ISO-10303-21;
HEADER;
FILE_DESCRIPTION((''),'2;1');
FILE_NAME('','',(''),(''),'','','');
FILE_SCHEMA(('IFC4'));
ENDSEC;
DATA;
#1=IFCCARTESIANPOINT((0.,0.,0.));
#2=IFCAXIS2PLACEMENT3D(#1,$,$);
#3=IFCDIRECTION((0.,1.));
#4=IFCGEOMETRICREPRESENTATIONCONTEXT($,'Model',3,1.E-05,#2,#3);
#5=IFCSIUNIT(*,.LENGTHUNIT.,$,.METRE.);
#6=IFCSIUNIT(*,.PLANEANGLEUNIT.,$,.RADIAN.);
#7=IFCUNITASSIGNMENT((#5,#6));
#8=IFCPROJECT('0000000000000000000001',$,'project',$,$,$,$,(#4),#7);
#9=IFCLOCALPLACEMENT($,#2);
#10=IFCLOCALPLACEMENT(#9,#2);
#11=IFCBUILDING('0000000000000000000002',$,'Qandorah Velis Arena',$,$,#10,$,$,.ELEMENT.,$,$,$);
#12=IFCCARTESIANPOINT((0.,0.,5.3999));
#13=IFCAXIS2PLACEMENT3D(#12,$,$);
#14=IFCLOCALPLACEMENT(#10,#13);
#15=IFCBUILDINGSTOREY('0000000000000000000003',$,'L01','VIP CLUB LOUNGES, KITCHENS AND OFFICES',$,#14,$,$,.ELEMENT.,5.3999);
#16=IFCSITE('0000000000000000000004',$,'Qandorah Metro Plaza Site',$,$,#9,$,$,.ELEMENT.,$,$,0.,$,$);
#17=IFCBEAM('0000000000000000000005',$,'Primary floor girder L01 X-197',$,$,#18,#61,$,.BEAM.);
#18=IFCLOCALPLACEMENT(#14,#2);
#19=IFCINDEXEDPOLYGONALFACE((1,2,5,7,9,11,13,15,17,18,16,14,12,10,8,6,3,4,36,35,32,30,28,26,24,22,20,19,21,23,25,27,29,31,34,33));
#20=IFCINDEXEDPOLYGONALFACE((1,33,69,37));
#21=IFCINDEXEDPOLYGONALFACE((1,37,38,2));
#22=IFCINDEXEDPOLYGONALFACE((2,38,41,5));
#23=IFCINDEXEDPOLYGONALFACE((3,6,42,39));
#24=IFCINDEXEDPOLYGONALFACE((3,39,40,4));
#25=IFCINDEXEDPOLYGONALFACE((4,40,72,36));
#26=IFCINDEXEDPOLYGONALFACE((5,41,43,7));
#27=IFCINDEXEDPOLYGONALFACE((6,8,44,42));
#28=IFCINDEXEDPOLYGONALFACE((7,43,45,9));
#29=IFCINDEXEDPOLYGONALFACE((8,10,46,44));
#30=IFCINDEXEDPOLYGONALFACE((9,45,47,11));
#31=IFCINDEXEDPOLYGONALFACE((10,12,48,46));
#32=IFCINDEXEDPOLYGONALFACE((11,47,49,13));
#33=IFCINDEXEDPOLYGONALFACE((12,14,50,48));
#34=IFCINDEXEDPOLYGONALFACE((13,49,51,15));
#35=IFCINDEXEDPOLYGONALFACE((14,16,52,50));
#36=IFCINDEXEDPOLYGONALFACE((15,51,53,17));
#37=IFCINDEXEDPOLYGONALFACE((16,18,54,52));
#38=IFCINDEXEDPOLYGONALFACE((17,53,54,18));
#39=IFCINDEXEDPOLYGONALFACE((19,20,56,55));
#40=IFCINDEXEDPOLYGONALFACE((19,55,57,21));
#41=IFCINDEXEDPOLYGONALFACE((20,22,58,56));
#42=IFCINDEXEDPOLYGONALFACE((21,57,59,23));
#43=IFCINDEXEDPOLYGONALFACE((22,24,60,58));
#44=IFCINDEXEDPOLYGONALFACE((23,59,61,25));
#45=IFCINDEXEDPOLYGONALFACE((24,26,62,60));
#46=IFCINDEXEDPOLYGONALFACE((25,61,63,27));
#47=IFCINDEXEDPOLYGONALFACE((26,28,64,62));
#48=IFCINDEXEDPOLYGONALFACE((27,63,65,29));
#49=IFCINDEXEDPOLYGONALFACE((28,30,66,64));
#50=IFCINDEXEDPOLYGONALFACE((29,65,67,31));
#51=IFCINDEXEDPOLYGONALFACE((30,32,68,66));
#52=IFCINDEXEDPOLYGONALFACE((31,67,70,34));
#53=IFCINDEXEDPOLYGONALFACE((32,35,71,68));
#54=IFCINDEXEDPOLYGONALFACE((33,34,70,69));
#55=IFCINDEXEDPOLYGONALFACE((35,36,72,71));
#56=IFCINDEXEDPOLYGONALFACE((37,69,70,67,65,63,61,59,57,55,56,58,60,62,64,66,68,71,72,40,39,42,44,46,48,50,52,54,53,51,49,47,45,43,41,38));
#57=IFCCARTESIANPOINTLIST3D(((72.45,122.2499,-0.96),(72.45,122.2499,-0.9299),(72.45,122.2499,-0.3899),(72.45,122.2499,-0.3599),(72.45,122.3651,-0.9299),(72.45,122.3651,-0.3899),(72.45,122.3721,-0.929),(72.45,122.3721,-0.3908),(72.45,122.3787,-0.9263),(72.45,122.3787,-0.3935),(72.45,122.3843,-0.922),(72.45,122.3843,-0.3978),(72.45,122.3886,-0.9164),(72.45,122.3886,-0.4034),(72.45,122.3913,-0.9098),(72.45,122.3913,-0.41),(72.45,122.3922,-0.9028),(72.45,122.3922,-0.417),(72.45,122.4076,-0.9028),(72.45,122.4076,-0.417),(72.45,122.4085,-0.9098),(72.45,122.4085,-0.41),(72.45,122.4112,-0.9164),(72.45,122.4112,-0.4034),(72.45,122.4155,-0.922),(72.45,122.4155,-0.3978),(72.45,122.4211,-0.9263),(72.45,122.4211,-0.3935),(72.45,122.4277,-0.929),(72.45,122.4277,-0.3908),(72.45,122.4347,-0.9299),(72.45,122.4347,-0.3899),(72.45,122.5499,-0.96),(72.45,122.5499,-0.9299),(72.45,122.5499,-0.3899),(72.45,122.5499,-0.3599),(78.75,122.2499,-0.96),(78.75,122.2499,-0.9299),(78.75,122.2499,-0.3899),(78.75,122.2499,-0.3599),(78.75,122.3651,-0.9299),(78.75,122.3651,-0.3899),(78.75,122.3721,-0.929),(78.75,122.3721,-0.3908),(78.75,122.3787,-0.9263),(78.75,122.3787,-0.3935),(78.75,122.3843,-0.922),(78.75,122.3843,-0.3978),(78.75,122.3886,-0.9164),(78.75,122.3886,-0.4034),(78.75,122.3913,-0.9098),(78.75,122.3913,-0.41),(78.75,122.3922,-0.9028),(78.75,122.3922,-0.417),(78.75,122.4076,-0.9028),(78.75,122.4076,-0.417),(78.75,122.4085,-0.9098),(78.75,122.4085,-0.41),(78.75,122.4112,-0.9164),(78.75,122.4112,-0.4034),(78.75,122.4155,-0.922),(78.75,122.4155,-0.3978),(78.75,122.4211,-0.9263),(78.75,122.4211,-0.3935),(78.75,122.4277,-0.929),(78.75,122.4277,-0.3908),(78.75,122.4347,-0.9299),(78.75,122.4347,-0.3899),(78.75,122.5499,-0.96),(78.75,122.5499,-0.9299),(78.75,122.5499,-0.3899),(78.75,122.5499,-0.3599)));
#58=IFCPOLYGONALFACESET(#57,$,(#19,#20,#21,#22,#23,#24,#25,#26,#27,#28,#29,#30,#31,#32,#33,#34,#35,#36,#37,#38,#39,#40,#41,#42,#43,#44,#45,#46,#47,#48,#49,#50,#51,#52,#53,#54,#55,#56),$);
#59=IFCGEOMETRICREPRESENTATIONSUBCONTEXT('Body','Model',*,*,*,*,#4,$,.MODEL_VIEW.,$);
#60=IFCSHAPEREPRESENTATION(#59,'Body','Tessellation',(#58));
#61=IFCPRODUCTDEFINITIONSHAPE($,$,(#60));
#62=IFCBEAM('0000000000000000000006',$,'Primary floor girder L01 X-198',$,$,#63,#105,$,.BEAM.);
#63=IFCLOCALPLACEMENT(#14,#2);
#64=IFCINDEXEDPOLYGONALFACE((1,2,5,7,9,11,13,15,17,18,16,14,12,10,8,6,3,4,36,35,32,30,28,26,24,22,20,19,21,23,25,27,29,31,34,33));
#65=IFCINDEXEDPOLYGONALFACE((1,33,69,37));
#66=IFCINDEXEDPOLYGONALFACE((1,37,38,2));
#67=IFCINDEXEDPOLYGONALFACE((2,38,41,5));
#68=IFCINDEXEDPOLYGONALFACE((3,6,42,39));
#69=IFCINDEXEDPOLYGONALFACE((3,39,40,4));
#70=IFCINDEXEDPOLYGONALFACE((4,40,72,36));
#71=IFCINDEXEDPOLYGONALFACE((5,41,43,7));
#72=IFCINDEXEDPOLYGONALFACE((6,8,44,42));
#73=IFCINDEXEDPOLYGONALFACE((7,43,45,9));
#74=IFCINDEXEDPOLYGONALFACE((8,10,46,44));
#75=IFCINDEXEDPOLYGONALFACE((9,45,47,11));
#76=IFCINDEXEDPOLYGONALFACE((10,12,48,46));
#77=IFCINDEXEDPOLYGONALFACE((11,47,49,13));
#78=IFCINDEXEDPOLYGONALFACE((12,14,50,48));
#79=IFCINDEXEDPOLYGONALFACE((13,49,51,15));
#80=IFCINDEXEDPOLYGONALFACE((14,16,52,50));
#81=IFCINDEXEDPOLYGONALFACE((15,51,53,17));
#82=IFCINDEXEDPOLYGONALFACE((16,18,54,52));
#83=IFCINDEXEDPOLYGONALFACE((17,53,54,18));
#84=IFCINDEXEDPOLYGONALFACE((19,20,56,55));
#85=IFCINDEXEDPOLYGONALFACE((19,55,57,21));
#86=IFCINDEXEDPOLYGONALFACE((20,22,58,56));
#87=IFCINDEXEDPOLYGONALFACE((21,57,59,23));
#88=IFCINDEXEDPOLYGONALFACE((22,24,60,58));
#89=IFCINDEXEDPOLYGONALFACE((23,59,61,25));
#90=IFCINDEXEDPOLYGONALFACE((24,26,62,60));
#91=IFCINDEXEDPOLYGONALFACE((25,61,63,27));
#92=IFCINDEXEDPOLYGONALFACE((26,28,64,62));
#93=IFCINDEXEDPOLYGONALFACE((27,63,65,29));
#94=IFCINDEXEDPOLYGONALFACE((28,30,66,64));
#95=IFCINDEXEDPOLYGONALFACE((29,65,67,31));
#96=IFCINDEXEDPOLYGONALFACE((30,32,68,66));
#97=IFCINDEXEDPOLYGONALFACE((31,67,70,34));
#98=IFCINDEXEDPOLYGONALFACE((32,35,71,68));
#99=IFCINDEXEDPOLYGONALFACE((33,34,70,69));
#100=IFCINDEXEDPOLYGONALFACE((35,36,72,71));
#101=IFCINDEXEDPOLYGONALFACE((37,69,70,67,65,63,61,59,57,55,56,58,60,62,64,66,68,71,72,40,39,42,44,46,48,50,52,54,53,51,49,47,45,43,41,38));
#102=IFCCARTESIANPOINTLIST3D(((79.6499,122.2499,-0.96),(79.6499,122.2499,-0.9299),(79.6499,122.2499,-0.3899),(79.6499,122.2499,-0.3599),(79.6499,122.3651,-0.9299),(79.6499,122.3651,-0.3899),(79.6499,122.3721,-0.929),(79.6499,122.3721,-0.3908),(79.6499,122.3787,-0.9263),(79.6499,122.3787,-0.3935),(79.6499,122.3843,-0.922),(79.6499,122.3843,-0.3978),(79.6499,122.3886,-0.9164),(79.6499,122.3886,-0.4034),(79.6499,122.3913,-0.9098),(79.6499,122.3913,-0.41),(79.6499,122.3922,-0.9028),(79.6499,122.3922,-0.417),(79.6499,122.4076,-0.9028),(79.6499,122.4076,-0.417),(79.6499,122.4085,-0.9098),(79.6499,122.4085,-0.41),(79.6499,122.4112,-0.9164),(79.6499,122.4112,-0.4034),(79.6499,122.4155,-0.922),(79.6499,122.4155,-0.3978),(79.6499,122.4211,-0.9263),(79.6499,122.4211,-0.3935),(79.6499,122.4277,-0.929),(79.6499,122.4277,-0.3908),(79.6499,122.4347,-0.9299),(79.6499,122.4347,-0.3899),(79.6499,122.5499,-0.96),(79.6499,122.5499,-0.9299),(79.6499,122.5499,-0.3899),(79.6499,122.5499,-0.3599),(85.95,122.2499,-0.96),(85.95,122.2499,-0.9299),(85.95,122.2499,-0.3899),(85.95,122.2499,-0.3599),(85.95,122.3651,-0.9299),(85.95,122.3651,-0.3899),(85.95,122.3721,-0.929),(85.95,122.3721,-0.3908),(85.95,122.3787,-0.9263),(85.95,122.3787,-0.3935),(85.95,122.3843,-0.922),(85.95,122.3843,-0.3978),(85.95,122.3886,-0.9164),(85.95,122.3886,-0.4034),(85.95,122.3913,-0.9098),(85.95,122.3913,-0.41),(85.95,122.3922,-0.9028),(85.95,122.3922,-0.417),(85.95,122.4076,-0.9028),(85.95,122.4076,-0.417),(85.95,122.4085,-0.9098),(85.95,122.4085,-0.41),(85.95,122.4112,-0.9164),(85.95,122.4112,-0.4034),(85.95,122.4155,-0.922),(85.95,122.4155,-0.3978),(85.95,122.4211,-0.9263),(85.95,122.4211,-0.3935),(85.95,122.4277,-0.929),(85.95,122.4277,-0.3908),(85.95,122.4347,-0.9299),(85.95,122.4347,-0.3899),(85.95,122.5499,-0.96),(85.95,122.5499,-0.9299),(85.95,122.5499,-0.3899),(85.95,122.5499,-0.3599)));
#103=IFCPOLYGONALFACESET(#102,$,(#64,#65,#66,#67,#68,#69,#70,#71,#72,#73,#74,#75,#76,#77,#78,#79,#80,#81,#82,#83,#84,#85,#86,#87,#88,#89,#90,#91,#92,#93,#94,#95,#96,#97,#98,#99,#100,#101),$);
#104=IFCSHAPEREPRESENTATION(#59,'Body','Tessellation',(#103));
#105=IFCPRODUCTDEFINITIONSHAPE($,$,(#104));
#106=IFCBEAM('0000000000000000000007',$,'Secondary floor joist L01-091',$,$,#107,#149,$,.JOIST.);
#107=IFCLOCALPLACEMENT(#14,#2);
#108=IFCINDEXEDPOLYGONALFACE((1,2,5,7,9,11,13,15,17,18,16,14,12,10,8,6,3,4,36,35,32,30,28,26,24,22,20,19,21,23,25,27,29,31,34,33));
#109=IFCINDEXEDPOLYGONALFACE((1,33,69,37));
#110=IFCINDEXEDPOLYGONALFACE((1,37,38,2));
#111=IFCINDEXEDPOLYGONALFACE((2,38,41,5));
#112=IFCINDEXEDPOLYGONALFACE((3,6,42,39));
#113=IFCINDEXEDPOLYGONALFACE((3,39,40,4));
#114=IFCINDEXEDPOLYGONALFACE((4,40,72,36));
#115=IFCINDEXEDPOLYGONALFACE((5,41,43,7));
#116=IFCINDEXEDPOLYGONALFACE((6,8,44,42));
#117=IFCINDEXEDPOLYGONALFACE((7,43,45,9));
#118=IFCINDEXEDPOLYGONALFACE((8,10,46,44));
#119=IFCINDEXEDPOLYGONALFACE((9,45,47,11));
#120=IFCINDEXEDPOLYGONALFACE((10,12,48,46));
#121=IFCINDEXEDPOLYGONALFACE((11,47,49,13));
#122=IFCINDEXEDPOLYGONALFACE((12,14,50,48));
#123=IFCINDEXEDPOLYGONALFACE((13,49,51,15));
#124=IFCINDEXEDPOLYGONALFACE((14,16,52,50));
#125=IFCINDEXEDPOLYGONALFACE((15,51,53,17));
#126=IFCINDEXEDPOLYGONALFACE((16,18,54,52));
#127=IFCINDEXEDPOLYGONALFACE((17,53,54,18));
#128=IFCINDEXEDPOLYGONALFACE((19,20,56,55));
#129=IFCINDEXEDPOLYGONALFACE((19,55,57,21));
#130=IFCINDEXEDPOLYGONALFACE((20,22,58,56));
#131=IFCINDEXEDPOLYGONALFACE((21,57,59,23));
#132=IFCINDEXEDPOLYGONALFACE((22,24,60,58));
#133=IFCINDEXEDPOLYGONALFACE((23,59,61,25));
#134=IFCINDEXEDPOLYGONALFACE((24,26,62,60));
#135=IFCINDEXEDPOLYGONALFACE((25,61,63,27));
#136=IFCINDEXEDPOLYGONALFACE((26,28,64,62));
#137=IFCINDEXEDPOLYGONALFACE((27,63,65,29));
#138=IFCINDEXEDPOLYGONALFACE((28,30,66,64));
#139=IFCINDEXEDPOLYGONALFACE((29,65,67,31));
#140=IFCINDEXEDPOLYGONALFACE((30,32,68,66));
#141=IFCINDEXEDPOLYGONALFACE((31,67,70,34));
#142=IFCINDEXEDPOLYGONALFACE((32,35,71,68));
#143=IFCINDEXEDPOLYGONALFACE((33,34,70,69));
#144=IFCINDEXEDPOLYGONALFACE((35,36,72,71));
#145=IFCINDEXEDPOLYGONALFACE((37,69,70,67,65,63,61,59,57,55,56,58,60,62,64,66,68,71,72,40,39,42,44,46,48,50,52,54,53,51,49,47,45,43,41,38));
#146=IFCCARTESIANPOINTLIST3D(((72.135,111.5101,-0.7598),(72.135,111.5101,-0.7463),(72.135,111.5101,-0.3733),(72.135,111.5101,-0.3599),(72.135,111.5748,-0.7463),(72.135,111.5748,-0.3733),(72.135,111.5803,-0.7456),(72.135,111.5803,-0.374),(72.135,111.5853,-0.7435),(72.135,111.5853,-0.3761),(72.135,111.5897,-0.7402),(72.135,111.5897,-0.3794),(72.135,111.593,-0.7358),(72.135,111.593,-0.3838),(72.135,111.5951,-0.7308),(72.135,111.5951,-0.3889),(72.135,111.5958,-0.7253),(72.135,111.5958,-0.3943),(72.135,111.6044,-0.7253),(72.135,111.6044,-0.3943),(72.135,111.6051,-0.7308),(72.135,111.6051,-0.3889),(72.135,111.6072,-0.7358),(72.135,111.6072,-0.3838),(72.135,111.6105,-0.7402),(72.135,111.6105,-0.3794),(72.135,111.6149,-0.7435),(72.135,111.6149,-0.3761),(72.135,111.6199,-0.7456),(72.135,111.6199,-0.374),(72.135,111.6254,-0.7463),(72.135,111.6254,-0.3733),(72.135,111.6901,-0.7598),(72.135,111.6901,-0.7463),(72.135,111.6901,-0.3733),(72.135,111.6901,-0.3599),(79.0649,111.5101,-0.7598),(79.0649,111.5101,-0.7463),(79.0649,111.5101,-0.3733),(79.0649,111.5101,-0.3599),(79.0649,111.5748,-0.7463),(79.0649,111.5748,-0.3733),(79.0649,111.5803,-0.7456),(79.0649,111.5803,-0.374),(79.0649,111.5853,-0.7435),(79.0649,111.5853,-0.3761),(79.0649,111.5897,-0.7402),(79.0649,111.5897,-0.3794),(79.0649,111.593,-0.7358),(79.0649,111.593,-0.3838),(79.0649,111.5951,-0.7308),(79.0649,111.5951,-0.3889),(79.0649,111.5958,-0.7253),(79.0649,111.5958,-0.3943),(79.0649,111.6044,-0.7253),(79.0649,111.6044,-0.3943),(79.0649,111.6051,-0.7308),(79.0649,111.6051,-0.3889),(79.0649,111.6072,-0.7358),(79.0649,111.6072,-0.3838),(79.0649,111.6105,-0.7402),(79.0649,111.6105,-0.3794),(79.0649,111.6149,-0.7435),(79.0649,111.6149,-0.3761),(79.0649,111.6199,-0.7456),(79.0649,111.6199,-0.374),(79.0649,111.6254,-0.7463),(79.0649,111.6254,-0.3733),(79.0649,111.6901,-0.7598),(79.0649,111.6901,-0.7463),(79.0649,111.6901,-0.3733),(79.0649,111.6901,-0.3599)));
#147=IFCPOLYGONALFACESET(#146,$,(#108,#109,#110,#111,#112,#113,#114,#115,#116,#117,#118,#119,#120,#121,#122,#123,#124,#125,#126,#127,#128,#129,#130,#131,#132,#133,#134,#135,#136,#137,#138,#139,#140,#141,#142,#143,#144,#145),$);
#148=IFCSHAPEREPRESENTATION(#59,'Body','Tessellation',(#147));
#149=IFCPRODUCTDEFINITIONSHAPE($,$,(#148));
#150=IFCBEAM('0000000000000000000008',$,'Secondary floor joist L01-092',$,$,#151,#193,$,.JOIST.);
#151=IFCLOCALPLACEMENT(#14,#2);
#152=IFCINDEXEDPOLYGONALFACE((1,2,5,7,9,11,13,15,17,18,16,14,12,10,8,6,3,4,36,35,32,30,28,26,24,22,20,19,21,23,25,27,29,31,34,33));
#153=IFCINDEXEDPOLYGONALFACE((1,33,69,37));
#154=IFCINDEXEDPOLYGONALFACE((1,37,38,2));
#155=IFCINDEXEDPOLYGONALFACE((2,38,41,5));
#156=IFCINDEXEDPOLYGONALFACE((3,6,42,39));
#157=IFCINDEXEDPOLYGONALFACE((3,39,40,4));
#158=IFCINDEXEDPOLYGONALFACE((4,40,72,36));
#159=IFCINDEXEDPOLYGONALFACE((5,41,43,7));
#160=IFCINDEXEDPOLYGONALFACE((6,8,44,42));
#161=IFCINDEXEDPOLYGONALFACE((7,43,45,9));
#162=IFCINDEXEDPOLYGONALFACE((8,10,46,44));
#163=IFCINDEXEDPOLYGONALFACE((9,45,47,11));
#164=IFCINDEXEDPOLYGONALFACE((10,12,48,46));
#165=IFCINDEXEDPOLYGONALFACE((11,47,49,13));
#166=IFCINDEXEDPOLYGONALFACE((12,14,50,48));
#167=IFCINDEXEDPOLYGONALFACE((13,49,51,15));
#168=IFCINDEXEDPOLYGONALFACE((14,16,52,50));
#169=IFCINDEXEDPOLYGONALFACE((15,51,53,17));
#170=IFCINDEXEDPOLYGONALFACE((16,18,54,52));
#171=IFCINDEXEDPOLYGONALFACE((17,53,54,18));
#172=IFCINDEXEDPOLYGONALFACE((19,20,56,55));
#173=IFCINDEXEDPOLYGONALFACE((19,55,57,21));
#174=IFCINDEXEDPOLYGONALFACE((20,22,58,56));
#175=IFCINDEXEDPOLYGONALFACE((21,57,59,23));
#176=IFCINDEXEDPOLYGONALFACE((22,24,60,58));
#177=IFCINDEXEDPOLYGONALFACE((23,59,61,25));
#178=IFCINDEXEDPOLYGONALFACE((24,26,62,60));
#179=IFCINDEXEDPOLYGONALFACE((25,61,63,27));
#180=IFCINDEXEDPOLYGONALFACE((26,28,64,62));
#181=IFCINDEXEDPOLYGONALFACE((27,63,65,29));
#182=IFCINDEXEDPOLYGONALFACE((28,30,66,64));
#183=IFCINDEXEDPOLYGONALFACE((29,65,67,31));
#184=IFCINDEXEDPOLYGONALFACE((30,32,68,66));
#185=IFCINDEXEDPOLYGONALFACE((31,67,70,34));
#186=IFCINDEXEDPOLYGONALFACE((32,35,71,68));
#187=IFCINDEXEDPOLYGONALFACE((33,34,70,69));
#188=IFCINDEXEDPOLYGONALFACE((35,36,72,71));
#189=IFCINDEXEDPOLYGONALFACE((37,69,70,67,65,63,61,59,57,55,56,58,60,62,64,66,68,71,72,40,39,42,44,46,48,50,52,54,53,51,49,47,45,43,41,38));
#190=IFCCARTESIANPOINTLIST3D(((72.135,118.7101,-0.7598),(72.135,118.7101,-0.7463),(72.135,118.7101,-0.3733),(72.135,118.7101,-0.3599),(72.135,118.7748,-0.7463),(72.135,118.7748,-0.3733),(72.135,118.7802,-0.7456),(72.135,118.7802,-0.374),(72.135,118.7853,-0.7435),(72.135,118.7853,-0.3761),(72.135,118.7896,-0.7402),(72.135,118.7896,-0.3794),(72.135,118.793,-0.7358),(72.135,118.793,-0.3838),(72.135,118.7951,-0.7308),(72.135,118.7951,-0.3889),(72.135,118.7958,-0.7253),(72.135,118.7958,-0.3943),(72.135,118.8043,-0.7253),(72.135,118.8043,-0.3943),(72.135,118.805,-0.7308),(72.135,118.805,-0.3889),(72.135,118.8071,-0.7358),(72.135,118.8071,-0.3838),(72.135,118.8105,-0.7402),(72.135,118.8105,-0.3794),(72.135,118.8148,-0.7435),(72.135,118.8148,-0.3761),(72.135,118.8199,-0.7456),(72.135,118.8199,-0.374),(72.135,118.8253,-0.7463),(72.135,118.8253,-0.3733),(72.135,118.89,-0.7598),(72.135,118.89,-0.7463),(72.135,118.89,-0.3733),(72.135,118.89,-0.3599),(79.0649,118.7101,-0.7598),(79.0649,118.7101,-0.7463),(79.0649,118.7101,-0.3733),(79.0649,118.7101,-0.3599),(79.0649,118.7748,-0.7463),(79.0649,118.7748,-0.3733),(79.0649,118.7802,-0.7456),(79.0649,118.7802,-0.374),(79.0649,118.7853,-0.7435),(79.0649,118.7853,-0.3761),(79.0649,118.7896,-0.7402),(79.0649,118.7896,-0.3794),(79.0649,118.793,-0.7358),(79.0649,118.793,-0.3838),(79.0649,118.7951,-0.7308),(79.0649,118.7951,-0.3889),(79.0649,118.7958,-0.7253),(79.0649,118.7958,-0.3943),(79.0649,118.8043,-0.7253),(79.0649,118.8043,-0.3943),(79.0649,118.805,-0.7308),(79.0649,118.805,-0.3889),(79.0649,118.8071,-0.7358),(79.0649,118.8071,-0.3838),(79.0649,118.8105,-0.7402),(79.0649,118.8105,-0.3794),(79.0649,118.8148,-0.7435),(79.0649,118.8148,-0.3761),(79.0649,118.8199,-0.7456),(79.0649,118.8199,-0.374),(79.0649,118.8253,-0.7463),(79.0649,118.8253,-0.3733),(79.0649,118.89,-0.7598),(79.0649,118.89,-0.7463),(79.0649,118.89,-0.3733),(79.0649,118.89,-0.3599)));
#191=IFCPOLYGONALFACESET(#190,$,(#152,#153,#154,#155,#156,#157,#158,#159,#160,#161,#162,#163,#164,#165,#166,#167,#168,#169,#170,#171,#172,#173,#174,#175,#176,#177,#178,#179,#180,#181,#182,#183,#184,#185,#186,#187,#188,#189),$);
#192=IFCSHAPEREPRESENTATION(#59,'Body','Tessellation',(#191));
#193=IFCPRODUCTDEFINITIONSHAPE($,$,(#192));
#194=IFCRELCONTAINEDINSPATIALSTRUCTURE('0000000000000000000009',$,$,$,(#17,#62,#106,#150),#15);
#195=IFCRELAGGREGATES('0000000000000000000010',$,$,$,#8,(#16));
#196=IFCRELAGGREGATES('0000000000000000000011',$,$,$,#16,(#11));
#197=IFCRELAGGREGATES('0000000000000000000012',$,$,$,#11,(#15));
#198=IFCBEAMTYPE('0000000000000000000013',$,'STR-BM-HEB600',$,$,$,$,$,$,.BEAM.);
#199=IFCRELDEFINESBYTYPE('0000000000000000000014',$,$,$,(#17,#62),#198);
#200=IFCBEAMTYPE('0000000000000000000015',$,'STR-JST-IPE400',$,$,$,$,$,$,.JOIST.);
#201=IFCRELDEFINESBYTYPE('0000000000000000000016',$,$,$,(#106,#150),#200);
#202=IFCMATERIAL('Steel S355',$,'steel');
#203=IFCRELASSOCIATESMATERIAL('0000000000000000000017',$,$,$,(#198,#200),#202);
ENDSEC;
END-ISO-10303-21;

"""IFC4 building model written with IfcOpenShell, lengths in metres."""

from ifc_helpers import new_model, si_unit, direction, frame, origin, origin_2d, place, context, subcontext, project, spatial, i_section, extrude, material, material_profile, profile_set, type_object, element, save


model = new_model("IFC4")

# Units and contexts
model_context = context("Model", 3, precision=1e-05, world=origin(), true_north=direction((0.0, 1.0)))
body_context = subcontext(model_context, "Body", "Model", "MODEL_VIEW")
ifc_project = project(units=[si_unit("LENGTHUNIT", "METRE"), si_unit("PLANEANGLEUNIT", "RADIAN")], contexts=[model_context])

# Site, building, storey
site_placement = place(None, origin())
site = spatial("IfcSite", under=ifc_project, at=site_placement, Name="Qandorah Metro Plaza Site", CompositionType="ELEMENT", RefElevation=0.0)
building_placement = place(site_placement, origin())
building = spatial("IfcBuilding", under=site, at=building_placement, Name="Qandorah Velis Arena", CompositionType="ELEMENT")
storey_placement = place(building_placement, frame((0.0, 0.0, 5.3999)))
storey = spatial("IfcBuildingStorey", under=building, at=storey_placement, Name="L01", Description="VIP CLUB LOUNGES, KITCHENS AND OFFICES", CompositionType="ELEMENT", Elevation=5.3999)

# Beams
ifc_material_1 = material(Name="Steel S355", Category="steel")
ifc_material_profile_1 = material_profile(ifc_material_1, i_section(OverallWidth=0.3, OverallDepth=0.6001, WebThickness=0.0154, FlangeThickness=0.03, FilletRadius=0.0271, at=origin_2d()), Name="HEB 600")
ifc_profile_set_1 = profile_set([ifc_material_profile_1], Name="Steel S355")
beam_type_1 = type_object("IfcBeamType", Name="STR-BM-HEB600", PredefinedType="BEAM", material=ifc_profile_set_1)
for number, where, z_axis, x_axis, name in (
    (1, (72.45, 122.3999, -0.6599), (1.0, 0.0, 0.0), (0.0, 1.0, 0.0), "Primary floor girder L01 X-197"),
    (2, (79.6499, 122.3999, -0.6599), (1.0, 0.0, 0.0), (0.0, 1.0, 0.0), "Primary floor girder L01 X-198"),
):
    element("IfcBeam", number, at=place(storey_placement, frame(where, z_axis=z_axis, x_axis=x_axis)), inside=storey, type_object=beam_type_1, Name=name, PredefinedType="BEAM", context=body_context, shape_type="SweptSolid", body=[
        extrude(i_section(OverallWidth=0.3, OverallDepth=0.6001, WebThickness=0.0154, FlangeThickness=0.03, FilletRadius=0.0271, at=origin_2d()), origin(), (0.0, 0.0, 1.0), 6.3),
    ])
ifc_material_profile_2 = material_profile(ifc_material_1, i_section(OverallWidth=0.1799, OverallDepth=0.3999, WebThickness=0.0085, FlangeThickness=0.0134, FilletRadius=0.021, at=origin_2d()), Name="IPE 400")
ifc_profile_set_2 = profile_set([ifc_material_profile_2], Name="Steel S355")
beam_type_2 = type_object("IfcBeamType", Name="STR-JST-IPE400", PredefinedType="JOIST", material=ifc_profile_set_2)
for number, where, z_axis, x_axis, name in (
    (3, (72.135, 111.6001, -0.5598), (1.0, 0.0, 0.0), (0.0, 1.0, 0.0), "Secondary floor joist L01-091"),
    (4, (72.135, 118.8, -0.5598), (1.0, 0.0, 0.0), (0.0, 1.0, 0.0), "Secondary floor joist L01-092"),
):
    element("IfcBeam", number, at=place(storey_placement, frame(where, z_axis=z_axis, x_axis=x_axis)), inside=storey, type_object=beam_type_2, Name=name, PredefinedType="JOIST", context=body_context, shape_type="SweptSolid", body=[
        extrude(i_section(OverallWidth=0.1799, OverallDepth=0.3999, WebThickness=0.0085, FlangeThickness=0.0134, FilletRadius=0.021, at=origin_2d()), origin(), (0.0, 0.0, 1.0), 6.9299),
    ])

save(model, "model.ifc")
